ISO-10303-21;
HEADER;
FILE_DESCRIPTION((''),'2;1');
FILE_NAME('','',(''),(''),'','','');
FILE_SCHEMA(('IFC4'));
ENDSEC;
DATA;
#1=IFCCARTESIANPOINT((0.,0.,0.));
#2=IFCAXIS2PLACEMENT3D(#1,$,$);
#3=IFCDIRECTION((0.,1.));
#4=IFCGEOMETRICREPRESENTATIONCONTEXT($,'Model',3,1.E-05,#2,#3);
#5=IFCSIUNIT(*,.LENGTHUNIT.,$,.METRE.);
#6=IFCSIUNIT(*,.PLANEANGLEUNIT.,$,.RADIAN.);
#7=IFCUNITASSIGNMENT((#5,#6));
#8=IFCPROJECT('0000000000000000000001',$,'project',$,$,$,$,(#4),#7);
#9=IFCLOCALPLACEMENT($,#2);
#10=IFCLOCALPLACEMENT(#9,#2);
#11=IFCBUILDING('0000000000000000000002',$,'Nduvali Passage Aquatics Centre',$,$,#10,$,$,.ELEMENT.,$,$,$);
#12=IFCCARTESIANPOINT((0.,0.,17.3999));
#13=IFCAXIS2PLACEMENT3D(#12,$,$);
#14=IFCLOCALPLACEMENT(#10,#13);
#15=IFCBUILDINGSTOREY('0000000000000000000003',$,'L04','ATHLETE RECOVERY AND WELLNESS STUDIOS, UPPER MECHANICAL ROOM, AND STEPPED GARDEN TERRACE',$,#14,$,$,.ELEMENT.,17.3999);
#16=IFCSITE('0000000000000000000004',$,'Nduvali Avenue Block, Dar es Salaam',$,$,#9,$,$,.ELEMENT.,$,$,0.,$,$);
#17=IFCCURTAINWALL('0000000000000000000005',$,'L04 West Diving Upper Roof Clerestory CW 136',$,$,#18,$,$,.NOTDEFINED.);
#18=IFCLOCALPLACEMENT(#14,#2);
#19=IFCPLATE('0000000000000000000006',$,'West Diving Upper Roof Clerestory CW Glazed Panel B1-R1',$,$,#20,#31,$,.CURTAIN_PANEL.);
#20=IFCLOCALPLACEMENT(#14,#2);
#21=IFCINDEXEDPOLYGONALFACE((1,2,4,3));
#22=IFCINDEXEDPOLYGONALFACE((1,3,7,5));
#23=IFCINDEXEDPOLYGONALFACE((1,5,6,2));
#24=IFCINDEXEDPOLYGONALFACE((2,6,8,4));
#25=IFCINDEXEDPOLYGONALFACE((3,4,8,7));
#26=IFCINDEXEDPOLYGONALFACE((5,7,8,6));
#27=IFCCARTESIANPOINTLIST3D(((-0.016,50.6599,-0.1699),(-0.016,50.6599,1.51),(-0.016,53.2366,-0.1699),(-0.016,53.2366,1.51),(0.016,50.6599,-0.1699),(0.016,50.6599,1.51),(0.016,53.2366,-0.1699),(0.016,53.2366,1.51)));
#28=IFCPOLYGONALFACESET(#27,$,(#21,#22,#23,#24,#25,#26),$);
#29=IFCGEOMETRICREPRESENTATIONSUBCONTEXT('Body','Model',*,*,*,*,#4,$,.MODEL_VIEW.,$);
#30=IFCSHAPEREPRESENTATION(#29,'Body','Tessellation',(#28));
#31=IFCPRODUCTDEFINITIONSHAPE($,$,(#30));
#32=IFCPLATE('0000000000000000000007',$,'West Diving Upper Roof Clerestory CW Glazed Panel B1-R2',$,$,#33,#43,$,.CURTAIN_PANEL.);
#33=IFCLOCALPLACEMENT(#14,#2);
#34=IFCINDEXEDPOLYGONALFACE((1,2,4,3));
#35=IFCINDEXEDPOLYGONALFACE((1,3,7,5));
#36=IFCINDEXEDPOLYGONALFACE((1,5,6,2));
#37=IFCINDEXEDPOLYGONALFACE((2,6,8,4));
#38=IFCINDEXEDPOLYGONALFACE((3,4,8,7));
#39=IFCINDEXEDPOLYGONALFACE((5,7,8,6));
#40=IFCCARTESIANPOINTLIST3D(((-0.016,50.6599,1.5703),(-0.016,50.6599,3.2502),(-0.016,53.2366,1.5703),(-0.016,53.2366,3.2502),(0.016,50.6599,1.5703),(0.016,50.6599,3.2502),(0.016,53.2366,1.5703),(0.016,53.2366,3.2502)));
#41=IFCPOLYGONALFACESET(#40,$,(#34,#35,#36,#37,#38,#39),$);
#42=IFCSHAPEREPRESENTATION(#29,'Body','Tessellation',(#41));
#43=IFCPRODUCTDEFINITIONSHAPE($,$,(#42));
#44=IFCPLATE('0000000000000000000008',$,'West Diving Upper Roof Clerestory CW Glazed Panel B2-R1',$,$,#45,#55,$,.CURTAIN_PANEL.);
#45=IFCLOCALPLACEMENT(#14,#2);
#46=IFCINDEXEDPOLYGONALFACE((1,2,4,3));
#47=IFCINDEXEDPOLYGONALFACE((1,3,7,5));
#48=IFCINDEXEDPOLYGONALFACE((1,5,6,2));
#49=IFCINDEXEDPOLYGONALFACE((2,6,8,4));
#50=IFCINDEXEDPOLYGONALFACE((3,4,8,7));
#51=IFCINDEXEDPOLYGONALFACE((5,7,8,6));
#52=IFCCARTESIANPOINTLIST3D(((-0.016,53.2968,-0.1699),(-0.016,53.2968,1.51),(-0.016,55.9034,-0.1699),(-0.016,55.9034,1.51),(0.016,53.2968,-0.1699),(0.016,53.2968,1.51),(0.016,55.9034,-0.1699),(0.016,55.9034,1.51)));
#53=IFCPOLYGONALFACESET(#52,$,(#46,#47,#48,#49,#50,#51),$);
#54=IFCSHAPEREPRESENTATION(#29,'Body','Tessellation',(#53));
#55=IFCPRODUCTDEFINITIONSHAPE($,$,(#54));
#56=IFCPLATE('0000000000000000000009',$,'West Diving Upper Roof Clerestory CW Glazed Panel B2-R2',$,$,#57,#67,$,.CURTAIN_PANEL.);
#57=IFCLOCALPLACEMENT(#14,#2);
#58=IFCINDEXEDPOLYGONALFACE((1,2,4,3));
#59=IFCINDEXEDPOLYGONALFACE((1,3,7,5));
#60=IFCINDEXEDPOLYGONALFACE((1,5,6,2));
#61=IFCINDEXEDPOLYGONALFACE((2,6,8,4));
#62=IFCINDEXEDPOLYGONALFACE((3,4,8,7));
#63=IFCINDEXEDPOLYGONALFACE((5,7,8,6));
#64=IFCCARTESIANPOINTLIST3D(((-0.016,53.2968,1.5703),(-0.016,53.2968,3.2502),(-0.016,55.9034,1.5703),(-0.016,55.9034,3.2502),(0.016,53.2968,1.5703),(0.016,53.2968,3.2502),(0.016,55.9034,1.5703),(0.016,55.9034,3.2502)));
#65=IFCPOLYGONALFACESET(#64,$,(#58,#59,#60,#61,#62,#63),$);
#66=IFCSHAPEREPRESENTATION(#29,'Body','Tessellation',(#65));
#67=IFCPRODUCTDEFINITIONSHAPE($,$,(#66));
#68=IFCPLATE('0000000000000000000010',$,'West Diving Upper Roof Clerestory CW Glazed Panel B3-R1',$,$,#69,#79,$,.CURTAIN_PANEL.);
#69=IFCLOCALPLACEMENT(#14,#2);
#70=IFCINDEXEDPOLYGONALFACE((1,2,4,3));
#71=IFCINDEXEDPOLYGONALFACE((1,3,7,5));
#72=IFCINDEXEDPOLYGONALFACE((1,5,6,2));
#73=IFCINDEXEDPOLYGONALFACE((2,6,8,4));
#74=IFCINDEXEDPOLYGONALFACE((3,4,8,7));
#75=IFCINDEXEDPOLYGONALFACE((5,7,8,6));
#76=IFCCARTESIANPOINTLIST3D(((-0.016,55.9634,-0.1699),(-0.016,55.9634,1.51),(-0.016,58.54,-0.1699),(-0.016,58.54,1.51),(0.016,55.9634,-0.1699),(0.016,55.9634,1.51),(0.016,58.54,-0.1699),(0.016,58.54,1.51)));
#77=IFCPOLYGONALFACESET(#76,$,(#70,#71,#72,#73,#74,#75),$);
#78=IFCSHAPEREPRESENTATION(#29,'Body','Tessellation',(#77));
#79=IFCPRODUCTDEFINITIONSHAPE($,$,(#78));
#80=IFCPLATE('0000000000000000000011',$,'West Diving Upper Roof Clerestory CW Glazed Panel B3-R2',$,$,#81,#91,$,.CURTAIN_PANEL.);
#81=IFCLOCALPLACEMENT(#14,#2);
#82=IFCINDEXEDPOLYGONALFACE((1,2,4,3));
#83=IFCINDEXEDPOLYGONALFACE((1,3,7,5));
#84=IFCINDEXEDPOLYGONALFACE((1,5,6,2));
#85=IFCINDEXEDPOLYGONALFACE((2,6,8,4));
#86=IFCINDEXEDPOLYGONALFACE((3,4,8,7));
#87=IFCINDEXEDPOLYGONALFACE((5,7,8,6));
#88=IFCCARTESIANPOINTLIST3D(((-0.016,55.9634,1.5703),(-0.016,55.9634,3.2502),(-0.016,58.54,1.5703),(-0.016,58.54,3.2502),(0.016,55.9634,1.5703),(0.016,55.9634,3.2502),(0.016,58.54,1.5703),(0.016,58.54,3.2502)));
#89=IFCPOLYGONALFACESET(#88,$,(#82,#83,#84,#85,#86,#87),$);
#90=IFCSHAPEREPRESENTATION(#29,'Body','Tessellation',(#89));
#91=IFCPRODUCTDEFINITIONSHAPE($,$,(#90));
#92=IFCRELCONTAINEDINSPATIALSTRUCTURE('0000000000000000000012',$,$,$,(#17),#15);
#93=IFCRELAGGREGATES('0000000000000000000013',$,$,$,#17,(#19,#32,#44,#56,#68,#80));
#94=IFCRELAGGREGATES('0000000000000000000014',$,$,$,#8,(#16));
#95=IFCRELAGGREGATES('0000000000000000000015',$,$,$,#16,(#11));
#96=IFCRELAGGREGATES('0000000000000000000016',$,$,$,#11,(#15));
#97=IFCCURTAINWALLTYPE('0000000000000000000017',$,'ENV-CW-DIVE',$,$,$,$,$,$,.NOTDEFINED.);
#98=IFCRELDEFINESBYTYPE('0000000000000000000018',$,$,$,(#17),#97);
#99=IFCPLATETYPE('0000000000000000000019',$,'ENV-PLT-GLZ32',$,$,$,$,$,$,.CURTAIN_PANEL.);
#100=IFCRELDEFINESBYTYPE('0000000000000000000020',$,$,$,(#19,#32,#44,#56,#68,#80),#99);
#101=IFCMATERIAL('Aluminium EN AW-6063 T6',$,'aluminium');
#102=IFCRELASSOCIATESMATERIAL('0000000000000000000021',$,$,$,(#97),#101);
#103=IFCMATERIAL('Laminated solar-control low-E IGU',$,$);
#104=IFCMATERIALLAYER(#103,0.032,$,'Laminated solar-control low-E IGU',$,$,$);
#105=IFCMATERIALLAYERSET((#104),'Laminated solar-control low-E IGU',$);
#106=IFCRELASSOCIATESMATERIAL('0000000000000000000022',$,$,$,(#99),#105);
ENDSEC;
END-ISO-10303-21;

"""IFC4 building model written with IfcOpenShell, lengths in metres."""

from ifc_helpers import new_model, si_unit, direction, frame, origin, origin_2d, place, context, subcontext, project, spatial, rectangle, extrude, material, layer, layer_set, type_object, element, aggregate, save


model = new_model("IFC4")

# Units and contexts
model_context = context("Model", 3, precision=1e-05, world=origin(), true_north=direction((0.0, 1.0)))
body_context = subcontext(model_context, "Body", "Model", "MODEL_VIEW")
ifc_project = project(units=[si_unit("LENGTHUNIT", "METRE"), si_unit("PLANEANGLEUNIT", "RADIAN")], contexts=[model_context])

# Site, building, storey
site_placement = place(None, origin())
site = spatial("IfcSite", under=ifc_project, at=site_placement, Name="Nduvali Avenue Block, Dar es Salaam", CompositionType="ELEMENT", RefElevation=0.0)
building_placement = place(site_placement, origin())
building = spatial("IfcBuilding", under=site, at=building_placement, Name="Nduvali Passage Aquatics Centre", CompositionType="ELEMENT")
storey_placement = place(building_placement, frame((0.0, 0.0, 17.3999)))
storey = spatial("IfcBuildingStorey", under=building, at=storey_placement, Name="L04", Description="ATHLETE RECOVERY AND WELLNESS STUDIOS, UPPER MECHANICAL ROOM, AND STEPPED GARDEN TERRACE", CompositionType="ELEMENT", Elevation=17.3999)

# Curtain wall
ifc_material_1 = material(Name="Aluminium EN AW-6063 T6", Category="aluminium")
curtain_wall_type = type_object("IfcCurtainWallType", Name="ENV-CW-DIVE", PredefinedType="NOTDEFINED", material=ifc_material_1)
curtain_wall_1_placement = place(storey_placement, origin())
curtain_wall_1 = element("IfcCurtainWall", 1, at=curtain_wall_1_placement, inside=storey, type_object=curtain_wall_type, Name="L04 West Diving Upper Roof Clerestory CW 136", PredefinedType="NOTDEFINED")

# Plates
ifc_material_2 = material(Name="Laminated solar-control low-E IGU")
ifc_layer = layer(ifc_material_2, 0.032, Name="Laminated solar-control low-E IGU")
ifc_layer_set = layer_set([ifc_layer], Name="Laminated solar-control low-E IGU")
plate_type = type_object("IfcPlateType", Name="ENV-PLT-GLZ32", PredefinedType="CURTAIN_PANEL", material=ifc_layer_set)
plate_1_placement = place(storey_placement, frame((0.0, 51.9482, -0.1699), z_axis=(0.0, 0.0, 1.0), x_axis=(0.0, 1.0, 0.0)))
plate_1 = element("IfcPlate", 2, at=plate_1_placement, type_object=plate_type, Name="West Diving Upper Roof Clerestory CW Glazed Panel B1-R1", PredefinedType="CURTAIN_PANEL", context=body_context, shape_type="SweptSolid", body=[
    extrude(rectangle(XDim=2.5767, YDim=0.032, at=origin_2d()), origin(), (0.0, 0.0, 1.0), 1.6799),
])
plate_2_placement = place(storey_placement, frame((0.0, 51.9482, 1.5703), z_axis=(0.0, 0.0, 1.0), x_axis=(0.0, 1.0, 0.0)))
plate_2 = element("IfcPlate", 3, at=plate_2_placement, type_object=plate_type, Name="West Diving Upper Roof Clerestory CW Glazed Panel B1-R2", PredefinedType="CURTAIN_PANEL", context=body_context, shape_type="SweptSolid", body=[
    extrude(rectangle(XDim=2.5767, YDim=0.032, at=origin_2d()), origin(), (0.0, 0.0, 1.0), 1.6799),
])
plate_3_placement = place(storey_placement, frame((0.0, 54.6001, -0.1699), z_axis=(0.0, 0.0, 1.0), x_axis=(0.0, 1.0, 0.0)))
plate_3 = element("IfcPlate", 4, at=plate_3_placement, type_object=plate_type, Name="West Diving Upper Roof Clerestory CW Glazed Panel B2-R1", PredefinedType="CURTAIN_PANEL", context=body_context, shape_type="SweptSolid", body=[
    extrude(rectangle(XDim=2.6067, YDim=0.032, at=origin_2d()), origin(), (0.0, 0.0, 1.0), 1.6799),
])
plate_4_placement = place(storey_placement, frame((0.0, 54.6001, 1.5703), z_axis=(0.0, 0.0, 1.0), x_axis=(0.0, 1.0, 0.0)))
plate_4 = element("IfcPlate", 5, at=plate_4_placement, type_object=plate_type, Name="West Diving Upper Roof Clerestory CW Glazed Panel B2-R2", PredefinedType="CURTAIN_PANEL", context=body_context, shape_type="SweptSolid", body=[
    extrude(rectangle(XDim=2.6067, YDim=0.032, at=origin_2d()), origin(), (0.0, 0.0, 1.0), 1.6799),
])
plate_5_placement = place(storey_placement, frame((0.0, 57.2517, -0.1699), z_axis=(0.0, 0.0, 1.0), x_axis=(0.0, 1.0, 0.0)))
plate_5 = element("IfcPlate", 6, at=plate_5_placement, type_object=plate_type, Name="West Diving Upper Roof Clerestory CW Glazed Panel B3-R1", PredefinedType="CURTAIN_PANEL", context=body_context, shape_type="SweptSolid", body=[
    extrude(rectangle(XDim=2.5767, YDim=0.032, at=origin_2d()), origin(), (0.0, 0.0, 1.0), 1.6799),
])
plate_6_placement = place(storey_placement, frame((0.0, 57.2517, 1.5703), z_axis=(0.0, 0.0, 1.0), x_axis=(0.0, 1.0, 0.0)))
plate_6 = element("IfcPlate", 7, at=plate_6_placement, type_object=plate_type, Name="West Diving Upper Roof Clerestory CW Glazed Panel B3-R2", PredefinedType="CURTAIN_PANEL", context=body_context, shape_type="SweptSolid", body=[
    extrude(rectangle(XDim=2.5767, YDim=0.032, at=origin_2d()), origin(), (0.0, 0.0, 1.0), 1.6799),
])
aggregate(curtain_wall_1, [plate_1, plate_2, plate_3, plate_4, plate_5, plate_6])

save(model, "model.ifc")
